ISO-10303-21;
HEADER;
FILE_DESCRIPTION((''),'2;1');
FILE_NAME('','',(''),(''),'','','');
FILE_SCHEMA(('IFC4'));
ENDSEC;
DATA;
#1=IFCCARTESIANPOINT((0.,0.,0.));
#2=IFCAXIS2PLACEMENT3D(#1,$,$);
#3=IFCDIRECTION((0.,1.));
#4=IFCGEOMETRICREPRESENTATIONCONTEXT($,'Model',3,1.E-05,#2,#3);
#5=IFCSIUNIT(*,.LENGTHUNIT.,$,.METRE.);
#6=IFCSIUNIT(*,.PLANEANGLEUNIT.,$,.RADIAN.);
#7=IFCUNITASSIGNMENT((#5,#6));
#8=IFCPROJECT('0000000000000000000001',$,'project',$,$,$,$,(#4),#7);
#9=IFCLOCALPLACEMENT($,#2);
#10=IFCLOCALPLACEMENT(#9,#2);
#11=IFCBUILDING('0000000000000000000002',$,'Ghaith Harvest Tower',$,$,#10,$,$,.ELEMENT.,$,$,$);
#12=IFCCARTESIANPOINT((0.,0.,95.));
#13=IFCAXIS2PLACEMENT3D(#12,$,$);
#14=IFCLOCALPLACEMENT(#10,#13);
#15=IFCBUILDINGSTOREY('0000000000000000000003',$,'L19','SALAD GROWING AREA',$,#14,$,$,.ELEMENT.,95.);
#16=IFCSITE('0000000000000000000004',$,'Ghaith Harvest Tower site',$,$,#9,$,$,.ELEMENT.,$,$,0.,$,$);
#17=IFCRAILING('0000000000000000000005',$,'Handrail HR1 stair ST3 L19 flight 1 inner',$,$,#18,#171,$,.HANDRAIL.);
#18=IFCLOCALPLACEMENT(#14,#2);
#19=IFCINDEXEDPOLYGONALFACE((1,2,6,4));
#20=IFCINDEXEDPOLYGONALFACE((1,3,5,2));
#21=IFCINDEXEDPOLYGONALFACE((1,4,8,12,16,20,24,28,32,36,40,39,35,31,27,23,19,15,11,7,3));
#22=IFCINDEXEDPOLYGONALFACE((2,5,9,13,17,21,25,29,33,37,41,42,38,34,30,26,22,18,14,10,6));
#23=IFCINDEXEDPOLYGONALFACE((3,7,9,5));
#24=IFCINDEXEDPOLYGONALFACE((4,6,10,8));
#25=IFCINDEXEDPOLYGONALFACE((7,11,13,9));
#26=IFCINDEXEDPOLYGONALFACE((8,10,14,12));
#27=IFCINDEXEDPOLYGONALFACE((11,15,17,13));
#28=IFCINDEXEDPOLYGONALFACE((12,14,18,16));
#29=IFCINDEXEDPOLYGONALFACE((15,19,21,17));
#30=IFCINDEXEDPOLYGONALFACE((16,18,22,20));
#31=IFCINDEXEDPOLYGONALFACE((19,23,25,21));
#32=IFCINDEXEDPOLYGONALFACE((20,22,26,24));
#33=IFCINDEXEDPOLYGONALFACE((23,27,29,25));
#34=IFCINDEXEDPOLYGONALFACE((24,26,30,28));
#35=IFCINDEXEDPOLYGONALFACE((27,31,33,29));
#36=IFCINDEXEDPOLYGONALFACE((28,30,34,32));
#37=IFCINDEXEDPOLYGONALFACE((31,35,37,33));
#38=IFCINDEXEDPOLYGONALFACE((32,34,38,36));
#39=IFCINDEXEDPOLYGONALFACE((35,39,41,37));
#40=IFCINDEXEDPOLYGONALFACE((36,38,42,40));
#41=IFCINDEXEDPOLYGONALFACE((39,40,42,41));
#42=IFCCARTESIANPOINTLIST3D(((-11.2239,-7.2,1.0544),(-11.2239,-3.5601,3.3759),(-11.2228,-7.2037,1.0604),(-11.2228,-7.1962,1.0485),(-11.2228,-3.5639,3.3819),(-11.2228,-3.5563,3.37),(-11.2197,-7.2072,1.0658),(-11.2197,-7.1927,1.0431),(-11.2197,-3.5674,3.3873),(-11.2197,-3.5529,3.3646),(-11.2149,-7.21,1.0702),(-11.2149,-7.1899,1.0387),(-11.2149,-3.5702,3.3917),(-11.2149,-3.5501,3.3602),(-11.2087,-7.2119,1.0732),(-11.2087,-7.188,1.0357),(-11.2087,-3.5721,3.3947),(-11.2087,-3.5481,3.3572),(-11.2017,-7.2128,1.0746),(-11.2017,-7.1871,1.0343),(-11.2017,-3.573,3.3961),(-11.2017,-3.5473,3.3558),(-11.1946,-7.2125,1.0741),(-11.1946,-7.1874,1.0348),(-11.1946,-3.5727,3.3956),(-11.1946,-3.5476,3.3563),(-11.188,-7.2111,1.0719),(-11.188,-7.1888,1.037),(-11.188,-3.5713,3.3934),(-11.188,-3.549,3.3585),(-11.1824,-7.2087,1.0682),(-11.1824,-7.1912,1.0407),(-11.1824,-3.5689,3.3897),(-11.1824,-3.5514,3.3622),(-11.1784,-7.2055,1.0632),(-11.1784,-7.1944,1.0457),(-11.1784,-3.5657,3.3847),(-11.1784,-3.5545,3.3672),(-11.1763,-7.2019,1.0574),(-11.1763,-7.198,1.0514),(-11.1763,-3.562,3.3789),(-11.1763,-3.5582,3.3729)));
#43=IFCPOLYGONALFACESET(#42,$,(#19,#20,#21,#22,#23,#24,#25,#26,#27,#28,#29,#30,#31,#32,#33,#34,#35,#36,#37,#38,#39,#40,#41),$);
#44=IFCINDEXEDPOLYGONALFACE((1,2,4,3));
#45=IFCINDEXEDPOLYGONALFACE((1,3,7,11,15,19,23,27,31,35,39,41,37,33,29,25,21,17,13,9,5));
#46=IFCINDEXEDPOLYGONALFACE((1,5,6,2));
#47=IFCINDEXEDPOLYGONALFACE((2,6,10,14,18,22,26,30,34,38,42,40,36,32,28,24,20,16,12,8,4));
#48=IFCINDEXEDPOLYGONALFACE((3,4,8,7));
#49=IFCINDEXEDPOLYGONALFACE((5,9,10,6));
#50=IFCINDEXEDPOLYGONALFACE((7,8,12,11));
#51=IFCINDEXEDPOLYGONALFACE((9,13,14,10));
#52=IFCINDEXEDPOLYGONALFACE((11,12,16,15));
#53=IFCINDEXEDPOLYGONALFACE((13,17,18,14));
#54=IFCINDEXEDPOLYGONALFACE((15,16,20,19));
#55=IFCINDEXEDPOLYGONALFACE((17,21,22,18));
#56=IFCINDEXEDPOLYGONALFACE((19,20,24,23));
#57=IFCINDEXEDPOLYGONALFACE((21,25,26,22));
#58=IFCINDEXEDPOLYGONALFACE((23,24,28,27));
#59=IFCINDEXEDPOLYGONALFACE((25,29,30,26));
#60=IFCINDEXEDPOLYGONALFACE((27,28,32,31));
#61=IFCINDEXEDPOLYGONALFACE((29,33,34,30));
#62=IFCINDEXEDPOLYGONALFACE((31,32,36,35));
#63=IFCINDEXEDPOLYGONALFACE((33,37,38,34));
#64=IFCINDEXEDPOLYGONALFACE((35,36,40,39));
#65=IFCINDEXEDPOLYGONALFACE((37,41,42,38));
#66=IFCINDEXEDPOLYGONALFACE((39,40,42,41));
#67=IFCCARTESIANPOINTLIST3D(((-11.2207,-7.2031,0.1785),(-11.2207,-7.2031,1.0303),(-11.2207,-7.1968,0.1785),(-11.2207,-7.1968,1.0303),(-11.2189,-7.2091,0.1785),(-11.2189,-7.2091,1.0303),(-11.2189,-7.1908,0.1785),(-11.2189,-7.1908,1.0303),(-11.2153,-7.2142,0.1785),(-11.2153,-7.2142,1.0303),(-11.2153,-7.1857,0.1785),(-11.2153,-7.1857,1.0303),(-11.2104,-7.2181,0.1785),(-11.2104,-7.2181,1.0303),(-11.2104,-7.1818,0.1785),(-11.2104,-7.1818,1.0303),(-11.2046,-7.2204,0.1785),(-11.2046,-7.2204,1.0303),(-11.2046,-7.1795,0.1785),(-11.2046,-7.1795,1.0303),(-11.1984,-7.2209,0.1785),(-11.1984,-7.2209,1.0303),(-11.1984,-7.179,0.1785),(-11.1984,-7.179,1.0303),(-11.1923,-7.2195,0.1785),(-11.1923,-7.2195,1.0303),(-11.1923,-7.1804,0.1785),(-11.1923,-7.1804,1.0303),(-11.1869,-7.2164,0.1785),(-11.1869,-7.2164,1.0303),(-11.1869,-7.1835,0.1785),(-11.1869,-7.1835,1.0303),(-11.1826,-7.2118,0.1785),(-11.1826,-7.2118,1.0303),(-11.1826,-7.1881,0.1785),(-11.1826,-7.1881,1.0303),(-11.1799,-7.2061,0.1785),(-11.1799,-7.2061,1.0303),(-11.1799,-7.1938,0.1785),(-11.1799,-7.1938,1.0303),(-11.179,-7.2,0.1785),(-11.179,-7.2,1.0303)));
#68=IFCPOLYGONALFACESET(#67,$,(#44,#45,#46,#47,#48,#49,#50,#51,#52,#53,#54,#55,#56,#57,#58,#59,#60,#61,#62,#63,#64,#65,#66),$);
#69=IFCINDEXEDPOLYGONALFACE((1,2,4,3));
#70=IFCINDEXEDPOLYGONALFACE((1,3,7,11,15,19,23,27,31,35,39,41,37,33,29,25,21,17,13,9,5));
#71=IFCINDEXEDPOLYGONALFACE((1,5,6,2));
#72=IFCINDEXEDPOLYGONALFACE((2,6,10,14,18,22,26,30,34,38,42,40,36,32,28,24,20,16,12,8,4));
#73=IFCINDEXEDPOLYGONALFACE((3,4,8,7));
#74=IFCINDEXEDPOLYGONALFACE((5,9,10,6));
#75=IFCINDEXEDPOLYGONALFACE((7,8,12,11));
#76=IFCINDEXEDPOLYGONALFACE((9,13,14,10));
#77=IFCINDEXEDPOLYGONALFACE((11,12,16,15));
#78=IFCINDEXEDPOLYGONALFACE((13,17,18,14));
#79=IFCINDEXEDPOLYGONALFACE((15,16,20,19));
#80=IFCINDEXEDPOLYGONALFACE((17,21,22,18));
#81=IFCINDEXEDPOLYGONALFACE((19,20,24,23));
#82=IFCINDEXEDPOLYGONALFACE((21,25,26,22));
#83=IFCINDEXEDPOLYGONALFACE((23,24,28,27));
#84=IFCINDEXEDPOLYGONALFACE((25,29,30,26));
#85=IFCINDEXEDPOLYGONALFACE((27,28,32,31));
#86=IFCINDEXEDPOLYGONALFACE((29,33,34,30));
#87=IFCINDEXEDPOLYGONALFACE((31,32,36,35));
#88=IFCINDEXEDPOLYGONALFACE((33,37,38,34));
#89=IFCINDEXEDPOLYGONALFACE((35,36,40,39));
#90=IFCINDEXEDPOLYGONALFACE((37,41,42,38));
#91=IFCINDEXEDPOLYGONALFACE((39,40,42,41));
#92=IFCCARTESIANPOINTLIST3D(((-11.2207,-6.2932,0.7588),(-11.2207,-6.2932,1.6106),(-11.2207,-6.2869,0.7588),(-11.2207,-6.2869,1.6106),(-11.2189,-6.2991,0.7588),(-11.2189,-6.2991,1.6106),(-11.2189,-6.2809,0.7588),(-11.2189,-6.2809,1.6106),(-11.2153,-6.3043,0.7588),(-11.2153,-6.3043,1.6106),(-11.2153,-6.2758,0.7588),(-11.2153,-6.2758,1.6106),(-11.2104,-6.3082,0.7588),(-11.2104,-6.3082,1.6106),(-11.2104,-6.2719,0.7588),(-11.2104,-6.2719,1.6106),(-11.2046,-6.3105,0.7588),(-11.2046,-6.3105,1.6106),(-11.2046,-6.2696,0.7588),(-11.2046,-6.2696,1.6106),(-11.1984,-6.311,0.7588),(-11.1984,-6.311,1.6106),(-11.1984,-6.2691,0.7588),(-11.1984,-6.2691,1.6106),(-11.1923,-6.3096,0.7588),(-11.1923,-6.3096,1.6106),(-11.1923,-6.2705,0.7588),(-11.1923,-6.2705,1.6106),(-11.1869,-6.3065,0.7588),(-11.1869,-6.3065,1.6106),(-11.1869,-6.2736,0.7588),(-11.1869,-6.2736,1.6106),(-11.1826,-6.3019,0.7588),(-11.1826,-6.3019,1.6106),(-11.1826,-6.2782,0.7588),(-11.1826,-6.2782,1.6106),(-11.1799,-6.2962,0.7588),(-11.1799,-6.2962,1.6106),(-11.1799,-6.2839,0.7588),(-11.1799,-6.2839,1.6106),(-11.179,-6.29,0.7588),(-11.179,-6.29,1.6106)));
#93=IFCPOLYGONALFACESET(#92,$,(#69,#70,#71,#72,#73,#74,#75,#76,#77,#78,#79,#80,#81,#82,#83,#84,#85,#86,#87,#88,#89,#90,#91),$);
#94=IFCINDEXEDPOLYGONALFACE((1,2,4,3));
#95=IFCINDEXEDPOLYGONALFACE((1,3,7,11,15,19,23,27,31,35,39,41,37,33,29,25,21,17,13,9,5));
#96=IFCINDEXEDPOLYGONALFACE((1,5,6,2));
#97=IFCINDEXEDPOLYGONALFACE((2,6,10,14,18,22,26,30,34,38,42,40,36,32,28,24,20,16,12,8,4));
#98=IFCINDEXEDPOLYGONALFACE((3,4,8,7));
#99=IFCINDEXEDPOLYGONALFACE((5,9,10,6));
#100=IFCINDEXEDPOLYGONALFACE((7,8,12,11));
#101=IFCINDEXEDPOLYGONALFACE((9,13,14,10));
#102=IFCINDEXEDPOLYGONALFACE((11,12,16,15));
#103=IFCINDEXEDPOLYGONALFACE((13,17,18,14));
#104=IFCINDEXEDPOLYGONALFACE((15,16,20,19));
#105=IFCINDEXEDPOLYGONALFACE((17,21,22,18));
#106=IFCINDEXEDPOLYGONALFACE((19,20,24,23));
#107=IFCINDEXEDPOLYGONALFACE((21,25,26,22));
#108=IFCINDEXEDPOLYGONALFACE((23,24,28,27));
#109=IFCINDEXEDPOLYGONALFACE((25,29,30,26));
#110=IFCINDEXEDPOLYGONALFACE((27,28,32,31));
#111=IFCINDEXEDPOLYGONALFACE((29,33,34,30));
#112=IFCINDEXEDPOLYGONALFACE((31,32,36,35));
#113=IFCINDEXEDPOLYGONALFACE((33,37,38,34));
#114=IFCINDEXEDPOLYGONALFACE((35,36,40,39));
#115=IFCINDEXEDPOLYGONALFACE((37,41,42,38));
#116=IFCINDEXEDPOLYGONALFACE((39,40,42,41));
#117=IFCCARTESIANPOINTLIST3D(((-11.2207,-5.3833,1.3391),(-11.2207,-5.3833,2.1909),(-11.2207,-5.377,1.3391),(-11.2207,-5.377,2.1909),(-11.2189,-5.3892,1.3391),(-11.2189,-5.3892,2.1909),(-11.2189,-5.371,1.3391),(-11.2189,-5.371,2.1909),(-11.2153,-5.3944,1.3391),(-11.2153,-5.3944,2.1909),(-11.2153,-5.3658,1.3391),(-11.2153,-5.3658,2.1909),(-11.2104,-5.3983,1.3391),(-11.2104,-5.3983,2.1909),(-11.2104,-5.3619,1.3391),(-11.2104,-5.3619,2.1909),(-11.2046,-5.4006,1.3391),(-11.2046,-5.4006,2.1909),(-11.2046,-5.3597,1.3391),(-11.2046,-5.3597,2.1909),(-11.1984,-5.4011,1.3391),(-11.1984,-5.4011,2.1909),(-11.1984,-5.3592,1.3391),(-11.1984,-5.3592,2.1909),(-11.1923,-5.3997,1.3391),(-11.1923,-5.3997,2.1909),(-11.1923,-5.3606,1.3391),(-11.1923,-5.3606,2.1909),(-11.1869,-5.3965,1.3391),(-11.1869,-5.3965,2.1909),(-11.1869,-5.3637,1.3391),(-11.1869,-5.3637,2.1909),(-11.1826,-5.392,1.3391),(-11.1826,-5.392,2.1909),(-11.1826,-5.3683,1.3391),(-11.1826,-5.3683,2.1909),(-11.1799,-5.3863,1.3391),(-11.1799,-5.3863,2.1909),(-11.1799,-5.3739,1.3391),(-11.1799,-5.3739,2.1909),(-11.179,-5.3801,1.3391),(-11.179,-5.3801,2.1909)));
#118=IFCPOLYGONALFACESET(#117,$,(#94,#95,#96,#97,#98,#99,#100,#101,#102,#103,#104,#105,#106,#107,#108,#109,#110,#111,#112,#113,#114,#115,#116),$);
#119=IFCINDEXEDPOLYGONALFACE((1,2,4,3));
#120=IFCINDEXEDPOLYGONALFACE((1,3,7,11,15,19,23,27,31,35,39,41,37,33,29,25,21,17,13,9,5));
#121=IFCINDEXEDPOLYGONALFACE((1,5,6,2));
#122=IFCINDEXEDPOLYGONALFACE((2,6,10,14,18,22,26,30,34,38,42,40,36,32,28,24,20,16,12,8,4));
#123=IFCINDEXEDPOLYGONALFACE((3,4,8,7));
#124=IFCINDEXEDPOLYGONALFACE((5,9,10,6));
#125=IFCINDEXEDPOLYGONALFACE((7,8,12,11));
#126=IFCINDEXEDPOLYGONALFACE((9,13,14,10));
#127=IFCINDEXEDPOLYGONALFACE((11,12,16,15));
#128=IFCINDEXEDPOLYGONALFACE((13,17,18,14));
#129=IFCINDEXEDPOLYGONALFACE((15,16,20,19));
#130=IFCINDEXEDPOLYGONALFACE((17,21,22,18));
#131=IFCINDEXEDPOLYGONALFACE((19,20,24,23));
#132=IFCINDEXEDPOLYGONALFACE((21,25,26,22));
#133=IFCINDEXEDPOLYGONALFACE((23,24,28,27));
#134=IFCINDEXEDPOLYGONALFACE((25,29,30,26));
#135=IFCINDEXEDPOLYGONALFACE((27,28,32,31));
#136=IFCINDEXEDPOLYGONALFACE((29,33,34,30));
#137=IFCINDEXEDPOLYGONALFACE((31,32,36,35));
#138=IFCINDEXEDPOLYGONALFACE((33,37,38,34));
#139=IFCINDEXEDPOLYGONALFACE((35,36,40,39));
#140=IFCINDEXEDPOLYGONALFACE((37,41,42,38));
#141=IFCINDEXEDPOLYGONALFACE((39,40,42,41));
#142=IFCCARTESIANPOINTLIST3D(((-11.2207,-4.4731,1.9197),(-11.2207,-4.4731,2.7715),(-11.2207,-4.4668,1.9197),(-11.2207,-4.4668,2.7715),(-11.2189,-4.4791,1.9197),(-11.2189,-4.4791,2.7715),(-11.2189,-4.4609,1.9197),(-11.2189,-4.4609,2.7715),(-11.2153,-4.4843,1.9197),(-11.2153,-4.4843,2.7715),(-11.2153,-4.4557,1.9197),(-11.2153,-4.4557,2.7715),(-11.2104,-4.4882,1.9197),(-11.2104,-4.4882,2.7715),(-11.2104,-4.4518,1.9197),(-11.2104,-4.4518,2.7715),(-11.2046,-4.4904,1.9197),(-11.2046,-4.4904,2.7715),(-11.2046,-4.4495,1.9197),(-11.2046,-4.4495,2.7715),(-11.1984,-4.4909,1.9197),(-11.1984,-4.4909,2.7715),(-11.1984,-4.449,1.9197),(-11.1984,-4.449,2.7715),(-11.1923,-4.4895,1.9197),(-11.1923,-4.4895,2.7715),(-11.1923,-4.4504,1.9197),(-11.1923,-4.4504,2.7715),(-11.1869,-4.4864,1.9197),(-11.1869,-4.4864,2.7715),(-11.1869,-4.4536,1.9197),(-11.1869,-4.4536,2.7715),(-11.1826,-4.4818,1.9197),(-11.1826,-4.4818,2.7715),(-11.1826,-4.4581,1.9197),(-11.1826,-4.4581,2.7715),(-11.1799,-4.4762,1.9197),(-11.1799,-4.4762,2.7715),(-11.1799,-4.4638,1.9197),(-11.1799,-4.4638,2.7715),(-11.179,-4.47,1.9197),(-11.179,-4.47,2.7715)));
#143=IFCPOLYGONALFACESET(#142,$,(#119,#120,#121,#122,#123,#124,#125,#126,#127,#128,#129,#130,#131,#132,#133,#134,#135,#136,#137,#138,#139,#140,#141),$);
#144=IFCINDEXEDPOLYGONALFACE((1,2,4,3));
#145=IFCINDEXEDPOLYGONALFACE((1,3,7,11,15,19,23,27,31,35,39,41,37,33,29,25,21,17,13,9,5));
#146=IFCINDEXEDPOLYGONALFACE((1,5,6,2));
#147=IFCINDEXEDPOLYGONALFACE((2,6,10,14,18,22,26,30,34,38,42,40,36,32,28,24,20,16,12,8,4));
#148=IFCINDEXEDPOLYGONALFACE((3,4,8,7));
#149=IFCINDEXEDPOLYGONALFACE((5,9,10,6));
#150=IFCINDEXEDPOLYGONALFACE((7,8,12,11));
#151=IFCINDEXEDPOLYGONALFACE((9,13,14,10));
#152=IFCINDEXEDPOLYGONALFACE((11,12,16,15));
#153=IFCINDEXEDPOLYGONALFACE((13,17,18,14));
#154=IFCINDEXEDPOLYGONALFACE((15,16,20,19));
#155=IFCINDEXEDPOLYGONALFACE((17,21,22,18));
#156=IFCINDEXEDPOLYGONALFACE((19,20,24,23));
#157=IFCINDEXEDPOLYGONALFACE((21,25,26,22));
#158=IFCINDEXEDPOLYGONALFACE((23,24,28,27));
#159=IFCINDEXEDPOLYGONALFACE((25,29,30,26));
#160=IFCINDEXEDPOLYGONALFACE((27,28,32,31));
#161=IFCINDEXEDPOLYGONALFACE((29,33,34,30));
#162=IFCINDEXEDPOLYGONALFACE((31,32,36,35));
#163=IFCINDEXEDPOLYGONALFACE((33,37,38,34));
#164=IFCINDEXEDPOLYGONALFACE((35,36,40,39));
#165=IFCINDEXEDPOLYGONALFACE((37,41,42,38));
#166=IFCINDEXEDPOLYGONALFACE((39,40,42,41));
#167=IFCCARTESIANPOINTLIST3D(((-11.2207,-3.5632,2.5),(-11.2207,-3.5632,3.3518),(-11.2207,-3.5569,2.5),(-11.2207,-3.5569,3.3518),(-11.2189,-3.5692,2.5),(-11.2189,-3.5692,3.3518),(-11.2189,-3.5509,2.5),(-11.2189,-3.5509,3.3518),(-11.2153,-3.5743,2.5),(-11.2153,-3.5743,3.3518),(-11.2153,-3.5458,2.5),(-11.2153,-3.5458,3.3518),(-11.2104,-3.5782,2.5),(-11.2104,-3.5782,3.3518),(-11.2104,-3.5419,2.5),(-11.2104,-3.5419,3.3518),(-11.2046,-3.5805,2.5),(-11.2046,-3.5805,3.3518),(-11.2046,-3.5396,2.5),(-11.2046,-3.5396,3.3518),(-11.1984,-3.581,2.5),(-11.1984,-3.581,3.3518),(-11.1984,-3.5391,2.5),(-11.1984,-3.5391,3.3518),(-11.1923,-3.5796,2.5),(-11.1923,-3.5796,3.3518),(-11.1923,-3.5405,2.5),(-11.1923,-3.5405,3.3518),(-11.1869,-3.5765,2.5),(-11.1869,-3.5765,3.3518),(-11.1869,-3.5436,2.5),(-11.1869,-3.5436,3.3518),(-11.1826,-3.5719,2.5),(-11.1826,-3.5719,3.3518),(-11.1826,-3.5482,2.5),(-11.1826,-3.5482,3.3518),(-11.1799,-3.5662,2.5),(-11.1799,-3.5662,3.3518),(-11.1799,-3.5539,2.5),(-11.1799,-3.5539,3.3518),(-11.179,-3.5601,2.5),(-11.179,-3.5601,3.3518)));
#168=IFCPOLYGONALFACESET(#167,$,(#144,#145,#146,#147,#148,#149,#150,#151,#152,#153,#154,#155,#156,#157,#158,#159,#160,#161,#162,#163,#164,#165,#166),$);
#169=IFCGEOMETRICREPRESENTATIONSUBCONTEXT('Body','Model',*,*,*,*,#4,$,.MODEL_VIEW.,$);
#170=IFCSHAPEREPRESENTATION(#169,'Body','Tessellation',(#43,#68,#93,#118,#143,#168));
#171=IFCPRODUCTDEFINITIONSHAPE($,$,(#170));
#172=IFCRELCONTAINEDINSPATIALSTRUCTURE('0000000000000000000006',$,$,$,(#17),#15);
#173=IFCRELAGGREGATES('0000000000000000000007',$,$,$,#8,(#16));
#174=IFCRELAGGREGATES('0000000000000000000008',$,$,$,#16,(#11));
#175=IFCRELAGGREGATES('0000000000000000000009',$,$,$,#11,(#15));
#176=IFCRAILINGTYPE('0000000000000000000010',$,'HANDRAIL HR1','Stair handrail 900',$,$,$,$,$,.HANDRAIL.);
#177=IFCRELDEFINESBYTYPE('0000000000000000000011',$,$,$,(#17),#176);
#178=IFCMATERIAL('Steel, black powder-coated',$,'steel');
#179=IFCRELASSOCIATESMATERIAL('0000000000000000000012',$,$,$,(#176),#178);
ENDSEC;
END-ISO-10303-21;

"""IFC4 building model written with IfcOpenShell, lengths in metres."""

from ifc_helpers import new_model, si_unit, direction, frame, origin, origin_2d, place, context, subcontext, project, spatial, circle, extrude, material, type_object, element, save


model = new_model("IFC4")

# Units and contexts
model_context = context("Model", 3, precision=1e-05, world=origin(), true_north=direction((0.0, 1.0)))
body_context = subcontext(model_context, "Body", "Model", "MODEL_VIEW")
ifc_project = project(units=[si_unit("LENGTHUNIT", "METRE"), si_unit("PLANEANGLEUNIT", "RADIAN")], contexts=[model_context])

# Site, building, storey
site_placement = place(None, origin())
site = spatial("IfcSite", under=ifc_project, at=site_placement, Name="Ghaith Harvest Tower site", CompositionType="ELEMENT", RefElevation=0.0)
building_placement = place(site_placement, origin())
building = spatial("IfcBuilding", under=site, at=building_placement, Name="Ghaith Harvest Tower", CompositionType="ELEMENT")
storey_placement = place(building_placement, frame((0.0, 0.0, 95.0)))
storey = spatial("IfcBuildingStorey", under=building, at=storey_placement, Name="L19", Description="SALAD GROWING AREA", CompositionType="ELEMENT", Elevation=95.0)

# Railing
ifc_material_1 = material(Name="Steel, black powder-coated", Category="steel")
railing_type = type_object("IfcRailingType", Name="HANDRAIL HR1", Description="Stair handrail 900", PredefinedType="HANDRAIL", material=ifc_material_1)
railing_1_placement = place(storey_placement, frame((-11.2, -7.2, 0.1785)))
element("IfcRailing", 1, at=railing_1_placement, inside=storey, type_object=railing_type, Name="Handrail HR1 stair ST3 L19 flight 1 inner", PredefinedType="HANDRAIL", context=body_context, shape_type="SweptSolid", body=[
    extrude(circle(Radius=0.0239, at=origin_2d()), frame((0.0, 0.0, 0.876), z_axis=(0.0, 0.843112, 0.537739), x_axis=(-1.0, 0.0, 0.0)), (0.0, 0.0, 1.0), 4.3171),
    extrude(circle(Radius=0.021, at=origin_2d()), origin(), (0.0, 0.0, 1.0), 0.8518),
    extrude(circle(Radius=0.021, at=origin_2d()), frame((0.0, 0.9099, 0.5803)), (0.0, 0.0, 1.0), 0.8518),
    extrude(circle(Radius=0.021, at=origin_2d()), frame((0.0, 1.8198, 1.1606)), (0.0, 0.0, 1.0), 0.8518),
    extrude(circle(Radius=0.021, at=origin_2d()), frame((0.0, 2.73, 1.7412)), (0.0, 0.0, 1.0), 0.8518),
    extrude(circle(Radius=0.021, at=origin_2d()), frame((0.0, 3.6399, 2.3215)), (0.0, 0.0, 1.0), 0.8518),
])

save(model, "model.ifc")
